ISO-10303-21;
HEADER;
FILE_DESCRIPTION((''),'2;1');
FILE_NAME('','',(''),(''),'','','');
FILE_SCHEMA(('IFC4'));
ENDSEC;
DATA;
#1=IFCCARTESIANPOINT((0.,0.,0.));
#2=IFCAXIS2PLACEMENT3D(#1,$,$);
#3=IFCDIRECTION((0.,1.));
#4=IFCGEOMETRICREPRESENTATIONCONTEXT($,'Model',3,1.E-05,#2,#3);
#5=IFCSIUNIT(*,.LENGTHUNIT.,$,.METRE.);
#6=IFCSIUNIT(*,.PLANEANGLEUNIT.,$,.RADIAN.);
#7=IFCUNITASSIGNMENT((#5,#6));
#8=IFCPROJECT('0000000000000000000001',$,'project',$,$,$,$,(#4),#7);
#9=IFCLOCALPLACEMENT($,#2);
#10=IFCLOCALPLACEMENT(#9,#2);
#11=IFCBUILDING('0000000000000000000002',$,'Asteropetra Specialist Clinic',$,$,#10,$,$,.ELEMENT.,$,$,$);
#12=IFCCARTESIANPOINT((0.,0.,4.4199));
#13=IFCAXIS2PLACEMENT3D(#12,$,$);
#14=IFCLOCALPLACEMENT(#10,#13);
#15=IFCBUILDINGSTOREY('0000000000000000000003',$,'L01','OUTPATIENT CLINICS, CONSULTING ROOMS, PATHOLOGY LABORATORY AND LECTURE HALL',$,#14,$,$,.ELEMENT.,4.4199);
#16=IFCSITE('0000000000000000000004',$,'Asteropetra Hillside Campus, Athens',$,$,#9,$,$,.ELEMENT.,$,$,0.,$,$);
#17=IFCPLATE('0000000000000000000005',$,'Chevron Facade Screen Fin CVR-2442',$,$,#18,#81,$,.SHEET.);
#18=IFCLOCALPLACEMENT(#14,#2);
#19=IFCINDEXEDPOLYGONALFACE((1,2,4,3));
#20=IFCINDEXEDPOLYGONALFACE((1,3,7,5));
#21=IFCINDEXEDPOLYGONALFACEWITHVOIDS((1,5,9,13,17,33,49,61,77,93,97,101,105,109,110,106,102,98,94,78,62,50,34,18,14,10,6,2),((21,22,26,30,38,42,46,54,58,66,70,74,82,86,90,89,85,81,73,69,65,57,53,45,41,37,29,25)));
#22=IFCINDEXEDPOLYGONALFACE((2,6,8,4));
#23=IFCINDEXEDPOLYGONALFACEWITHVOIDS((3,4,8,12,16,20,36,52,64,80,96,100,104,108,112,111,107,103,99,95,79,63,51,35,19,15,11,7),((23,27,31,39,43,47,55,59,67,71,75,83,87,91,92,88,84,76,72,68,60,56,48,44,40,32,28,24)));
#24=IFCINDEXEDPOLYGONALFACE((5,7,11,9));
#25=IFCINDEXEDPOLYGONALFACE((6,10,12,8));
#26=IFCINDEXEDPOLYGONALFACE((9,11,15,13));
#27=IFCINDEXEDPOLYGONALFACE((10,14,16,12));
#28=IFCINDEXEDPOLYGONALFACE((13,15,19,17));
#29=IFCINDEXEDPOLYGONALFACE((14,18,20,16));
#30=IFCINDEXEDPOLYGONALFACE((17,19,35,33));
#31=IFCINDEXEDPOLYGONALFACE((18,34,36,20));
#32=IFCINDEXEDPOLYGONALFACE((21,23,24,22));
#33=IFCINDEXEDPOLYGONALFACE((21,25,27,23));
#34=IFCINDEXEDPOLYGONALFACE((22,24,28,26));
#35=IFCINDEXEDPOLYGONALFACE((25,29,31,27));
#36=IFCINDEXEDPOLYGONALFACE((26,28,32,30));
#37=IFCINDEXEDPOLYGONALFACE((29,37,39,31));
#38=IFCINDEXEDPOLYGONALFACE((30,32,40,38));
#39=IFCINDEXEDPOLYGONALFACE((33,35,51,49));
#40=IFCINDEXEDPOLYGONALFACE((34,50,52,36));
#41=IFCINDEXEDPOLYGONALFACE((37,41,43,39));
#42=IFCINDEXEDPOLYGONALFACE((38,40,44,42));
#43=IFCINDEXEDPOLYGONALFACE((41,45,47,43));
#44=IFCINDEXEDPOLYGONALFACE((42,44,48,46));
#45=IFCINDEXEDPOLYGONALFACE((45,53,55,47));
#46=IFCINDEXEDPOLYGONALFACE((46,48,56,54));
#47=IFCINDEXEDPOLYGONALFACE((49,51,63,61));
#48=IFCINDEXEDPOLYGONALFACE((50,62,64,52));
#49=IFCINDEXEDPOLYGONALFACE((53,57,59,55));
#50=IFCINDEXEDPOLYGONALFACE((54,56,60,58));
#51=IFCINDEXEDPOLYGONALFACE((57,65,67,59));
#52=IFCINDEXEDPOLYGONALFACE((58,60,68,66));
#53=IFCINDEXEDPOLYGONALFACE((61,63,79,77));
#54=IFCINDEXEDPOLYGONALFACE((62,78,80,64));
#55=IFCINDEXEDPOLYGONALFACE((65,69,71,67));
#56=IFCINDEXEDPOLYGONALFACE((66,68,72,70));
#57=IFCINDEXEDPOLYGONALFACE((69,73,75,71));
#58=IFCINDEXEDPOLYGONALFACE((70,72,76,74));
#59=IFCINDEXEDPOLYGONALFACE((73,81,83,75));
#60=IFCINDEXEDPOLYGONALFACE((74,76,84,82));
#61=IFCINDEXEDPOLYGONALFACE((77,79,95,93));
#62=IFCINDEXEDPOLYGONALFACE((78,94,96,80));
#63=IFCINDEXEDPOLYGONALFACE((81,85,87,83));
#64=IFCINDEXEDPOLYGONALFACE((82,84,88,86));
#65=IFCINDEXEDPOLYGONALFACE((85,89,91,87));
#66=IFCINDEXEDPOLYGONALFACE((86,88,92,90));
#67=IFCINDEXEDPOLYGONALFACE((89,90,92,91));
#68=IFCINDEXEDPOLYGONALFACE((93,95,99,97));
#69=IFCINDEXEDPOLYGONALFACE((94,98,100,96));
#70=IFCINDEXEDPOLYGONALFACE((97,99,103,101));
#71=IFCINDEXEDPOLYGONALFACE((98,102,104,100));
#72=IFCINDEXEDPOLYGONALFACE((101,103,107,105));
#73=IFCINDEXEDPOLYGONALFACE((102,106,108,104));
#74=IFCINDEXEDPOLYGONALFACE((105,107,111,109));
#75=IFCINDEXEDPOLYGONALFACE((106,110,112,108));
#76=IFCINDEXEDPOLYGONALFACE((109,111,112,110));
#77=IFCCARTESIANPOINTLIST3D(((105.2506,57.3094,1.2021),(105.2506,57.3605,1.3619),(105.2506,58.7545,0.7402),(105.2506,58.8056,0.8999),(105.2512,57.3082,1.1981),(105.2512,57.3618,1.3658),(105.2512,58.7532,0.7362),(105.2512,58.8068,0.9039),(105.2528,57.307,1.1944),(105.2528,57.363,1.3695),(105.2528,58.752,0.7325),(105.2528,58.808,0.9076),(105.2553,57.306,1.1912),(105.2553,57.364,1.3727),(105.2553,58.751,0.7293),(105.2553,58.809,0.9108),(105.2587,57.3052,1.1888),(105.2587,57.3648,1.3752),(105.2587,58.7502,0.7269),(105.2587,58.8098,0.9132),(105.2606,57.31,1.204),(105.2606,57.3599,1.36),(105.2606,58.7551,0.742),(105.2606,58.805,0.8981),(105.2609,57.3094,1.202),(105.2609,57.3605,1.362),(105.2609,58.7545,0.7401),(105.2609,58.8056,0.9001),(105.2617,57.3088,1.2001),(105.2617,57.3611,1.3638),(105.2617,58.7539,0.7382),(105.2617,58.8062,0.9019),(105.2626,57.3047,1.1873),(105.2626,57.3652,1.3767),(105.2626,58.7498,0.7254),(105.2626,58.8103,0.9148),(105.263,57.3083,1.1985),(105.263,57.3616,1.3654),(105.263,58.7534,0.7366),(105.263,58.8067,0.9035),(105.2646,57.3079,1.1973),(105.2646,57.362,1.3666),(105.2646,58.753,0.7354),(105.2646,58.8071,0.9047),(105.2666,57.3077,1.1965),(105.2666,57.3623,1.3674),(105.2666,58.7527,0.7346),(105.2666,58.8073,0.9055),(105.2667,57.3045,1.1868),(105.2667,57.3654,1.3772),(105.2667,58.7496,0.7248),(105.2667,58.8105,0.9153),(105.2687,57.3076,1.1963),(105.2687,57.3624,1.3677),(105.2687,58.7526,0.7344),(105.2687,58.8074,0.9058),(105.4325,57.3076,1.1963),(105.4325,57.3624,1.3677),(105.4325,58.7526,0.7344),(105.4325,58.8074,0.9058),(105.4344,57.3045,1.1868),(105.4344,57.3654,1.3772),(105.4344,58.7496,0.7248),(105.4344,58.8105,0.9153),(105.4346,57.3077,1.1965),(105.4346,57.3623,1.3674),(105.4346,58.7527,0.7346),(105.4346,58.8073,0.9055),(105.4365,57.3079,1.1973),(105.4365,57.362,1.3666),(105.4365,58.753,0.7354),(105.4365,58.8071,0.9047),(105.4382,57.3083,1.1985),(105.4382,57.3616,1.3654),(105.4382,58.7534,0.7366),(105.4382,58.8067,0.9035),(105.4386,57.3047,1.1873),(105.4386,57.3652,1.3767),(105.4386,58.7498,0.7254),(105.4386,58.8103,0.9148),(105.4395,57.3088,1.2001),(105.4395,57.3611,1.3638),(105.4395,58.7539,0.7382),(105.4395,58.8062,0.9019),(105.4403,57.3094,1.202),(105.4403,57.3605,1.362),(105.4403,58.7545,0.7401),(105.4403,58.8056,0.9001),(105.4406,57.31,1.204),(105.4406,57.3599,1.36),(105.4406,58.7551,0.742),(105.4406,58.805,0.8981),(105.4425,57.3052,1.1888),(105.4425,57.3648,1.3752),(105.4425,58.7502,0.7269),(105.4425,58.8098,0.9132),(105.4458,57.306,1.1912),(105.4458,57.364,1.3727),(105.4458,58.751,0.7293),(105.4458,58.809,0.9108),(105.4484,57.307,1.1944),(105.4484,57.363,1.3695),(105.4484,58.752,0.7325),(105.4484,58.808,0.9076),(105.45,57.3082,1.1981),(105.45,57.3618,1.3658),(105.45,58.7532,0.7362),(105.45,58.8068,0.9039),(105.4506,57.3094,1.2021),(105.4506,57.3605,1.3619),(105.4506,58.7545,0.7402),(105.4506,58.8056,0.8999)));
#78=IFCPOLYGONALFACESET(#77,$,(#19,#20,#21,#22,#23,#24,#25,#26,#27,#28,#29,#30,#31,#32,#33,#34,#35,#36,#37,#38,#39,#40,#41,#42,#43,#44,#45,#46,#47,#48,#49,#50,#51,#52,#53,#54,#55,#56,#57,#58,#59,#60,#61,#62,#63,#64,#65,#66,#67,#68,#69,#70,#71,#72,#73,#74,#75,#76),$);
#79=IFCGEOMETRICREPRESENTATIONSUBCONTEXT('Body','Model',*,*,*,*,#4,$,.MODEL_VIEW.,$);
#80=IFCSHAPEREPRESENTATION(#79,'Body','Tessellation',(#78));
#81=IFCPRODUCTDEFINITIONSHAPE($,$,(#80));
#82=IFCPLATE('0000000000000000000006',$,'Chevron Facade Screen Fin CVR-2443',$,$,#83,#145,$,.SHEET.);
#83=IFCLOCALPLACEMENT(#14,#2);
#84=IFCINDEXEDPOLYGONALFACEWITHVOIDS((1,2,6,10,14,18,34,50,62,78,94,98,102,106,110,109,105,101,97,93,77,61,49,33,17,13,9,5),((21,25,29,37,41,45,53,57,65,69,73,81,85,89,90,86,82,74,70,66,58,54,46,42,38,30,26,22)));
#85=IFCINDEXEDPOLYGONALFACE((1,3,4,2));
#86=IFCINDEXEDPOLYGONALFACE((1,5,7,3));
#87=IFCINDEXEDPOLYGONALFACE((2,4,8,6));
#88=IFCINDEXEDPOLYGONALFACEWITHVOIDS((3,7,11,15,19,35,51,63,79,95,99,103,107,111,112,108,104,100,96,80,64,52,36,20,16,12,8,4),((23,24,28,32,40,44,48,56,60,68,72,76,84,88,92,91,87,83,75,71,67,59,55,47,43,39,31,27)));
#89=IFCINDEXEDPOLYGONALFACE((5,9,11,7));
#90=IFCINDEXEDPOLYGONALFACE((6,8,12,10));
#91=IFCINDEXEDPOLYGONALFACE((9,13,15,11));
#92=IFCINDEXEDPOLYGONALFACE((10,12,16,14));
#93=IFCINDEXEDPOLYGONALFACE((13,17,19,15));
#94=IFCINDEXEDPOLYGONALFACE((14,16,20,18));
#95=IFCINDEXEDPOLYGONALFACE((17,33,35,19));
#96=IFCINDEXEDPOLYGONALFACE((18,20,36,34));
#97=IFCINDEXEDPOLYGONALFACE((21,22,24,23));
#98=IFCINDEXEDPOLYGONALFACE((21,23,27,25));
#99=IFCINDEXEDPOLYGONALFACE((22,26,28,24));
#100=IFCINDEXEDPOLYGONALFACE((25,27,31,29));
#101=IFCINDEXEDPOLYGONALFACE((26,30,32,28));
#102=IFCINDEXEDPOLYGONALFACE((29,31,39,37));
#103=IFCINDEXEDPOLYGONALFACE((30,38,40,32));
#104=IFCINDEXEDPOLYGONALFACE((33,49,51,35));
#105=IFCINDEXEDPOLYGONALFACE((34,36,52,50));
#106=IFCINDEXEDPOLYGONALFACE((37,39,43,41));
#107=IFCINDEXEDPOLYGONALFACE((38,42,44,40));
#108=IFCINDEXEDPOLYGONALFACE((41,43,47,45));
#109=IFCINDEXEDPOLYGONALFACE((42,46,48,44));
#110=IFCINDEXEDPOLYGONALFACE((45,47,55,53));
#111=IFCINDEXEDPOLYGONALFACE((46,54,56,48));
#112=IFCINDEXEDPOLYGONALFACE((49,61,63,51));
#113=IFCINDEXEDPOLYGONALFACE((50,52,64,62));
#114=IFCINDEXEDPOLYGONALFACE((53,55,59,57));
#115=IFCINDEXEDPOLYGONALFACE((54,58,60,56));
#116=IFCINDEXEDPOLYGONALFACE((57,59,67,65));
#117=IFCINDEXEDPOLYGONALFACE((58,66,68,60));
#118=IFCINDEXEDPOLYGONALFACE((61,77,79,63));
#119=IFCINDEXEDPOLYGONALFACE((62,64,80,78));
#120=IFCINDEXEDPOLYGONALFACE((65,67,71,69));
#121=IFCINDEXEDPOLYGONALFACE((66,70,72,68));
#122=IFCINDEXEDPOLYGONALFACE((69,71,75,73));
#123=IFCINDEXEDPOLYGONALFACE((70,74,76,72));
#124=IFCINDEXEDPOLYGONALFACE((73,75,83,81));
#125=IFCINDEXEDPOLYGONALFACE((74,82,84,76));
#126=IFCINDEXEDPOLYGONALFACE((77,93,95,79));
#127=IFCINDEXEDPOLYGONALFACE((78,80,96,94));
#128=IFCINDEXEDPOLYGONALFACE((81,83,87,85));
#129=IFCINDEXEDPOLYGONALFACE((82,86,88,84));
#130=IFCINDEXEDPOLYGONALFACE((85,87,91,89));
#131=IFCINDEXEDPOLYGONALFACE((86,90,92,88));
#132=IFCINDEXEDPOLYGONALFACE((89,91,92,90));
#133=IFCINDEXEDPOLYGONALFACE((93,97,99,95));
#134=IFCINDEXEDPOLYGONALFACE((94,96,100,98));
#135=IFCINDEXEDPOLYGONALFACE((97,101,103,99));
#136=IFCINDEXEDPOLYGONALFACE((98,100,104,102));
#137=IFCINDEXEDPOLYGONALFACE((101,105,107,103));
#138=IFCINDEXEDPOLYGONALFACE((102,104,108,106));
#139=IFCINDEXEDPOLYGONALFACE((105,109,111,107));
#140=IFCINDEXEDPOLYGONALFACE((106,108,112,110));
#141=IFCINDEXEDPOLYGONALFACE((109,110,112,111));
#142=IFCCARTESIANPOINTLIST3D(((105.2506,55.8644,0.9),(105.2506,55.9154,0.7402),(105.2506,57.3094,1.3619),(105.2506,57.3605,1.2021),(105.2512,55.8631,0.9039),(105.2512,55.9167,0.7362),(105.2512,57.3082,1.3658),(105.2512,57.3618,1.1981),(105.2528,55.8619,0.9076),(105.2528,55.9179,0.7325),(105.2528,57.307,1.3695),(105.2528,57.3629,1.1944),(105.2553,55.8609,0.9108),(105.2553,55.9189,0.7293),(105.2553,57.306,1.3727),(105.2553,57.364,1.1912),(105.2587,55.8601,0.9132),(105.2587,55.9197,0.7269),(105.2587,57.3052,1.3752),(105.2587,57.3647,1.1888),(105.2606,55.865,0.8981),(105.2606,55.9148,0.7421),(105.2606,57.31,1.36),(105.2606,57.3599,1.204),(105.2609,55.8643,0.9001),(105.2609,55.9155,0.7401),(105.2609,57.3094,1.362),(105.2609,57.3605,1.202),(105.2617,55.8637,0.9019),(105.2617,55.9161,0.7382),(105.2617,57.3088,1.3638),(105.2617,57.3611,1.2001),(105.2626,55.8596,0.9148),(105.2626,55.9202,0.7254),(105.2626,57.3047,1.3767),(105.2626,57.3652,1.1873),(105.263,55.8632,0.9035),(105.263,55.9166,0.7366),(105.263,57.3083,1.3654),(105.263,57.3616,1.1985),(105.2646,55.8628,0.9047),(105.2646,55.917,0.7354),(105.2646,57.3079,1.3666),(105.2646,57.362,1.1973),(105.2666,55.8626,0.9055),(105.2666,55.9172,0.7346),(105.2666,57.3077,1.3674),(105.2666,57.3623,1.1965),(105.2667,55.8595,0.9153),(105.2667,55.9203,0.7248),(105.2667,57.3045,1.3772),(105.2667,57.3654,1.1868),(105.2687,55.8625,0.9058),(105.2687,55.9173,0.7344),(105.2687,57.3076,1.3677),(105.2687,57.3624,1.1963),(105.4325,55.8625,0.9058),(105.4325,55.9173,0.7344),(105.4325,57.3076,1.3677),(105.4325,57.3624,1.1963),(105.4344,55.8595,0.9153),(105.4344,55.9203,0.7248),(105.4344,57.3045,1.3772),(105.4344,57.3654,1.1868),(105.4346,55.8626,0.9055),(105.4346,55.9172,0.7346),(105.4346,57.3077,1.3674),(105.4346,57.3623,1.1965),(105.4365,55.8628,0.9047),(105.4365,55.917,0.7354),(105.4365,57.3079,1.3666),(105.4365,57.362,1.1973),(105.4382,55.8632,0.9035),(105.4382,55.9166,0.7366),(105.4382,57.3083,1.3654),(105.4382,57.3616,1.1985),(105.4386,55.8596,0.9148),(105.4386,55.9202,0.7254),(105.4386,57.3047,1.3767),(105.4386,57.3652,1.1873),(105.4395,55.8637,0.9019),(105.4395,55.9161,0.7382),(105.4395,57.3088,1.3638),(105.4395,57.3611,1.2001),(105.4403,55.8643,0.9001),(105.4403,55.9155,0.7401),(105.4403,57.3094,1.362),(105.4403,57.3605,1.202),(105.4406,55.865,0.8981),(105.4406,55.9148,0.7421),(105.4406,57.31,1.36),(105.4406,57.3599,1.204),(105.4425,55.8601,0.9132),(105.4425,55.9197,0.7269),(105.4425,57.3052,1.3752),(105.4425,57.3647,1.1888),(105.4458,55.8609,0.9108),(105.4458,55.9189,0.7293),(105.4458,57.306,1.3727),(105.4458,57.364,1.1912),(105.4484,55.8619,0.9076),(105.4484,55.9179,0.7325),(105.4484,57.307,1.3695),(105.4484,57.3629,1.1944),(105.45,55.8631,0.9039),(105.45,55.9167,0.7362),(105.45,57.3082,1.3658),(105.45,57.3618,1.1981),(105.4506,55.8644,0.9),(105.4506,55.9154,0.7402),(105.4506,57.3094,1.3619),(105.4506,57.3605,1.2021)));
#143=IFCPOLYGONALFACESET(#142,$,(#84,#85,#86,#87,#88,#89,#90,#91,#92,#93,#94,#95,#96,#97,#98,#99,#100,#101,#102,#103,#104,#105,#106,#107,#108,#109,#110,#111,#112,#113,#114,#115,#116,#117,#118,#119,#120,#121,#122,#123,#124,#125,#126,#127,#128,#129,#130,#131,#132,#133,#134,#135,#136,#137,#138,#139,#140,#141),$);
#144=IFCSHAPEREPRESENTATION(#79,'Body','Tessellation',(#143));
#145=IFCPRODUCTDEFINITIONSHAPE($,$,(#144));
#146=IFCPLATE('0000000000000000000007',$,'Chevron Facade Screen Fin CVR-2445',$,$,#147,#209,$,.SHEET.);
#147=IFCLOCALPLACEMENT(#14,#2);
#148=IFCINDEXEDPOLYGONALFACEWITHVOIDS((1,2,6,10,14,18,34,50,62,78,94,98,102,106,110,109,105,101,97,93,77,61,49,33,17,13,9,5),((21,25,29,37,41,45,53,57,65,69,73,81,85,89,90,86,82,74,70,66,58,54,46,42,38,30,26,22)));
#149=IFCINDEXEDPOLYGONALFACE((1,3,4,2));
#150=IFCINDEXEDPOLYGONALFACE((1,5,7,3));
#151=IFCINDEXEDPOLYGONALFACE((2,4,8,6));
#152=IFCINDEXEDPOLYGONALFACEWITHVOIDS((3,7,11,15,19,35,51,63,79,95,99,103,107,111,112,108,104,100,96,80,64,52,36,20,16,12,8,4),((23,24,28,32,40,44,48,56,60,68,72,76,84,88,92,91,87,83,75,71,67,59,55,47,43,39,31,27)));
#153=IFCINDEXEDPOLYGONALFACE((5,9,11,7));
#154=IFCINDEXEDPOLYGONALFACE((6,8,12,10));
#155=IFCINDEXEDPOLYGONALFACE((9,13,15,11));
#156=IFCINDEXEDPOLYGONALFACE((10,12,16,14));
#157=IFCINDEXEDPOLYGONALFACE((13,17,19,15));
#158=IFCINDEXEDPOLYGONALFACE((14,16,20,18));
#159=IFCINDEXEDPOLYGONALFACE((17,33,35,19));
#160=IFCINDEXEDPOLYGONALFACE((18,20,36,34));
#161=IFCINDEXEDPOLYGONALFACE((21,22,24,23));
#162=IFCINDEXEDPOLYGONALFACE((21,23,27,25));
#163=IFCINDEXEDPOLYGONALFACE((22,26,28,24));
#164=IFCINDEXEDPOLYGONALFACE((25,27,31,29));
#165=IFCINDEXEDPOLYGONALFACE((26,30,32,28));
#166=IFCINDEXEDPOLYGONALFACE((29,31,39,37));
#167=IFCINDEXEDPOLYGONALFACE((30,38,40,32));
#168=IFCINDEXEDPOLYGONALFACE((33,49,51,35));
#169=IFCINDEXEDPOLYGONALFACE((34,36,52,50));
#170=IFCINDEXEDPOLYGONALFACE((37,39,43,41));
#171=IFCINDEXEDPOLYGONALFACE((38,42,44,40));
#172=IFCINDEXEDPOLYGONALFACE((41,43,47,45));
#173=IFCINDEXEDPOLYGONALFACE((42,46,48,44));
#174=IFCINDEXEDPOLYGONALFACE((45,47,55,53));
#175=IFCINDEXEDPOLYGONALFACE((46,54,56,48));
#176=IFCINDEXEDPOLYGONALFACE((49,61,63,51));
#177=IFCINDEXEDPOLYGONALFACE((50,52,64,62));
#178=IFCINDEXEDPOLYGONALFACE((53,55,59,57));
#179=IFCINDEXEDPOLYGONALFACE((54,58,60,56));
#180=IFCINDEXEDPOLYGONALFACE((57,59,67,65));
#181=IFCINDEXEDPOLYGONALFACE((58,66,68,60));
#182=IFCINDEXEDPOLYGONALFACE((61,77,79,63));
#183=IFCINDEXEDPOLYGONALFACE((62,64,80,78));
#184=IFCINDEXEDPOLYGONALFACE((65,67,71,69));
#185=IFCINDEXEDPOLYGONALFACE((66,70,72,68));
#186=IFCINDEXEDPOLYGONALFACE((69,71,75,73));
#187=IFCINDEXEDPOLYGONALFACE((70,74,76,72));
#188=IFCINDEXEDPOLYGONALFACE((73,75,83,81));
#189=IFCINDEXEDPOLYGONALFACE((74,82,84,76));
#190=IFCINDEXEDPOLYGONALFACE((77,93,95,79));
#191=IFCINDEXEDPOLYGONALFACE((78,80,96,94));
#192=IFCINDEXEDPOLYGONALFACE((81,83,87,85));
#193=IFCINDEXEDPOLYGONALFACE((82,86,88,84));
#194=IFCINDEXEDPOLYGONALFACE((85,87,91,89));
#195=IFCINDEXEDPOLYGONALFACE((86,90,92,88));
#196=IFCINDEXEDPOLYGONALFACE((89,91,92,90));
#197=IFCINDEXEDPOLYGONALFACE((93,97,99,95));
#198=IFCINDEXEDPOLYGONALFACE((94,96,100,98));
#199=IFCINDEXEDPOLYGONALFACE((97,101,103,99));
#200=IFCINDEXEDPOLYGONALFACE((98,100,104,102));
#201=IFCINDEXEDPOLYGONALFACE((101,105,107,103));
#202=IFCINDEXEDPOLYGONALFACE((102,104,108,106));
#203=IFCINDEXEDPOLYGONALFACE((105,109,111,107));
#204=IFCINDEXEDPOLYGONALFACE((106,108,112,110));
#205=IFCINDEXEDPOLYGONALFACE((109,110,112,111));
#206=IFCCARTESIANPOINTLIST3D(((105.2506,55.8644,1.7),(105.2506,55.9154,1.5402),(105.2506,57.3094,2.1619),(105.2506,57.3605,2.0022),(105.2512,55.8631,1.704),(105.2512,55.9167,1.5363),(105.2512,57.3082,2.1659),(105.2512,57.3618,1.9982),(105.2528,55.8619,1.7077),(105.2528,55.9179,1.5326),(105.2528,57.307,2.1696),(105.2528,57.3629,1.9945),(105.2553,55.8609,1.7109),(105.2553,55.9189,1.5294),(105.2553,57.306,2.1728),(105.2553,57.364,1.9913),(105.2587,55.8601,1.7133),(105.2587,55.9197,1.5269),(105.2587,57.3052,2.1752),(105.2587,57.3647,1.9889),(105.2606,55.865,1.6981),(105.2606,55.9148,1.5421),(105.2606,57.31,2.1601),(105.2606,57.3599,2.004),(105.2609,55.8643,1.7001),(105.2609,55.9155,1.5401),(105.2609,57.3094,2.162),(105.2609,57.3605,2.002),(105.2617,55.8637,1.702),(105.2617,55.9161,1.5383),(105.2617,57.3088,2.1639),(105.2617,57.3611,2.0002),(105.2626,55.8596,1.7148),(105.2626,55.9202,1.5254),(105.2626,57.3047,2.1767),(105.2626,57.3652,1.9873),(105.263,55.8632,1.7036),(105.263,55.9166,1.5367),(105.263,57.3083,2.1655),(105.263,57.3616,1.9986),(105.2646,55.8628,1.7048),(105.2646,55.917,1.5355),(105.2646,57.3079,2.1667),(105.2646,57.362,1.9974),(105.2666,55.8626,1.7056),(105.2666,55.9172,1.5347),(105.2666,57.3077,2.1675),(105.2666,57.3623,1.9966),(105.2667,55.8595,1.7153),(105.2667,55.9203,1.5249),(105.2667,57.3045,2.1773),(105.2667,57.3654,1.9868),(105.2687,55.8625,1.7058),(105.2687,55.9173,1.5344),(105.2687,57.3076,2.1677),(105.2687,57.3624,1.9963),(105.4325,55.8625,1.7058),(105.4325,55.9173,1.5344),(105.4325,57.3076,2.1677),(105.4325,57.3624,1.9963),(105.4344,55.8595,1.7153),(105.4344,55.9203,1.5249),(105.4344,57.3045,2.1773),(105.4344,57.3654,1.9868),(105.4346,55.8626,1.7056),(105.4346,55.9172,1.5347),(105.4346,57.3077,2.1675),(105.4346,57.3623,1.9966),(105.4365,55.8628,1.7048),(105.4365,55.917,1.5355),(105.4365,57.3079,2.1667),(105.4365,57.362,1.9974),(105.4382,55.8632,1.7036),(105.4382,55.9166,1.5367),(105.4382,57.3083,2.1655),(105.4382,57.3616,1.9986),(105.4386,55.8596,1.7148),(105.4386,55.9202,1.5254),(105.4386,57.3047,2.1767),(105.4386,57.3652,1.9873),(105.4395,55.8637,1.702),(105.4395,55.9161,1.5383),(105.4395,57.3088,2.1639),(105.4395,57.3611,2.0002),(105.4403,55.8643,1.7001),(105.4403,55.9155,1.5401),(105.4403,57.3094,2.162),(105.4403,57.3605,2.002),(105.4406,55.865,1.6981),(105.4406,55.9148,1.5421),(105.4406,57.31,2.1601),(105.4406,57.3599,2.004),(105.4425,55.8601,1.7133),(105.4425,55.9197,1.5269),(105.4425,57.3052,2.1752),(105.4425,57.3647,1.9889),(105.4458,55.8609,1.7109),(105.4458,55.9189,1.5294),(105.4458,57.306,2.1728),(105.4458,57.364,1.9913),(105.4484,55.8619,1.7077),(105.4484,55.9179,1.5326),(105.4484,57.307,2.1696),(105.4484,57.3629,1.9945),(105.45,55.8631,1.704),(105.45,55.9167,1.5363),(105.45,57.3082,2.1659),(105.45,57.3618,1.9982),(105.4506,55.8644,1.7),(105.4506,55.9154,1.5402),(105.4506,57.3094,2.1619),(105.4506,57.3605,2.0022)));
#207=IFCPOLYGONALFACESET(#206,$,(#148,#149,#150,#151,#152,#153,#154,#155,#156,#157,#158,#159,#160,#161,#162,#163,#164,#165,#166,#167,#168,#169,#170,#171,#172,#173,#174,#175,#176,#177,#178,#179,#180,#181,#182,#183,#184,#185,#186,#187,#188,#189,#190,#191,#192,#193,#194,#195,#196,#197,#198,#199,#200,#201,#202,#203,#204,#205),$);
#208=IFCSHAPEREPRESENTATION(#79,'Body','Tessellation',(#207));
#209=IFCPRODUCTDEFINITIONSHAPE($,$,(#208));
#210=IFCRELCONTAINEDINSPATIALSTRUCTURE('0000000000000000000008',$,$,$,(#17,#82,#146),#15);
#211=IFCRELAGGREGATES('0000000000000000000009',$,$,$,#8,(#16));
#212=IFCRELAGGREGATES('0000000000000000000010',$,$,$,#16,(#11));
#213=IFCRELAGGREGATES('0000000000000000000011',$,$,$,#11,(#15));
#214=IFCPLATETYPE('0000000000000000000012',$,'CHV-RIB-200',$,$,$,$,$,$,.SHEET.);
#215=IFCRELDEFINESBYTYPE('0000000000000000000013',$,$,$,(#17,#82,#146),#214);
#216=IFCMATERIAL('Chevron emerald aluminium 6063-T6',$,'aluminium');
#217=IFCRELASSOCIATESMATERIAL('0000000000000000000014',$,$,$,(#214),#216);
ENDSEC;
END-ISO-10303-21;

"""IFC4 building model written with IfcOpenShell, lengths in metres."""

from ifc_helpers import new_model, si_unit, direction, frame, origin, origin_2d, place, context, subcontext, project, spatial, hollow_rectangle, extrude, material, material_profile, profile_set, type_object, element, save


model = new_model("IFC4")

# Units and contexts
model_context = context("Model", 3, precision=1e-05, world=origin(), true_north=direction((0.0, 1.0)))
body_context = subcontext(model_context, "Body", "Model", "MODEL_VIEW")
ifc_project = project(units=[si_unit("LENGTHUNIT", "METRE"), si_unit("PLANEANGLEUNIT", "RADIAN")], contexts=[model_context])

# Site, building, storey
site_placement = place(None, origin())
site = spatial("IfcSite", under=ifc_project, at=site_placement, Name="Asteropetra Hillside Campus, Athens", CompositionType="ELEMENT", RefElevation=0.0)
building_placement = place(site_placement, origin())
building = spatial("IfcBuilding", under=site, at=building_placement, Name="Asteropetra Specialist Clinic", CompositionType="ELEMENT")
storey_placement = place(building_placement, frame((0.0, 0.0, 4.4199)))
storey = spatial("IfcBuildingStorey", under=building, at=storey_placement, Name="L01", Description="OUTPATIENT CLINICS, CONSULTING ROOMS, PATHOLOGY LABORATORY AND LECTURE HALL", CompositionType="ELEMENT", Elevation=4.4199)

# Plates
ifc_material_1 = material(Name="Chevron emerald aluminium 6063-T6", Category="aluminium")
ifc_material_profile = material_profile(ifc_material_1, hollow_rectangle(XDim=0.2, YDim=0.2, WallThickness=0.01, InnerFilletRadius=0.0081, OuterFilletRadius=0.0161, at=origin_2d()), Name="SHS 200x200x10.0")
ifc_profile_set = profile_set([ifc_material_profile], Name="Chevron emerald aluminium 6063-T6")
plate_type = type_object("IfcPlateType", Name="CHV-RIB-200", PredefinedType="SHEET", material=ifc_profile_set)
for number, where, z_axis, x_axis, name in (
    (1, (105.3506, 58.78, 0.8201), (0.0, -0.952521, 0.304472), (1.0, 0.0, 0.0), "Chevron Facade Screen Fin CVR-2442"),
    (2, (105.3506, 57.335, 1.282), (0.0, -0.952521, -0.304472), (1.0, 0.0, 0.0), "Chevron Facade Screen Fin CVR-2443"),
    (3, (105.3506, 57.335, 2.082), (0.0, -0.952521, -0.304472), (1.0, 0.0, 0.0), "Chevron Facade Screen Fin CVR-2445"),
):
    element("IfcPlate", number, at=place(storey_placement, frame(where, z_axis=z_axis, x_axis=x_axis)), inside=storey, type_object=plate_type, Name=name, PredefinedType="SHEET", context=body_context, shape_type="SweptSolid", body=[
        extrude(hollow_rectangle(XDim=0.2, YDim=0.2, WallThickness=0.01, InnerFilletRadius=0.0081, OuterFilletRadius=0.0161, at=origin_2d()), origin(), (0.0, 0.0, 1.0), 1.5171),
    ])

save(model, "model.ifc")
